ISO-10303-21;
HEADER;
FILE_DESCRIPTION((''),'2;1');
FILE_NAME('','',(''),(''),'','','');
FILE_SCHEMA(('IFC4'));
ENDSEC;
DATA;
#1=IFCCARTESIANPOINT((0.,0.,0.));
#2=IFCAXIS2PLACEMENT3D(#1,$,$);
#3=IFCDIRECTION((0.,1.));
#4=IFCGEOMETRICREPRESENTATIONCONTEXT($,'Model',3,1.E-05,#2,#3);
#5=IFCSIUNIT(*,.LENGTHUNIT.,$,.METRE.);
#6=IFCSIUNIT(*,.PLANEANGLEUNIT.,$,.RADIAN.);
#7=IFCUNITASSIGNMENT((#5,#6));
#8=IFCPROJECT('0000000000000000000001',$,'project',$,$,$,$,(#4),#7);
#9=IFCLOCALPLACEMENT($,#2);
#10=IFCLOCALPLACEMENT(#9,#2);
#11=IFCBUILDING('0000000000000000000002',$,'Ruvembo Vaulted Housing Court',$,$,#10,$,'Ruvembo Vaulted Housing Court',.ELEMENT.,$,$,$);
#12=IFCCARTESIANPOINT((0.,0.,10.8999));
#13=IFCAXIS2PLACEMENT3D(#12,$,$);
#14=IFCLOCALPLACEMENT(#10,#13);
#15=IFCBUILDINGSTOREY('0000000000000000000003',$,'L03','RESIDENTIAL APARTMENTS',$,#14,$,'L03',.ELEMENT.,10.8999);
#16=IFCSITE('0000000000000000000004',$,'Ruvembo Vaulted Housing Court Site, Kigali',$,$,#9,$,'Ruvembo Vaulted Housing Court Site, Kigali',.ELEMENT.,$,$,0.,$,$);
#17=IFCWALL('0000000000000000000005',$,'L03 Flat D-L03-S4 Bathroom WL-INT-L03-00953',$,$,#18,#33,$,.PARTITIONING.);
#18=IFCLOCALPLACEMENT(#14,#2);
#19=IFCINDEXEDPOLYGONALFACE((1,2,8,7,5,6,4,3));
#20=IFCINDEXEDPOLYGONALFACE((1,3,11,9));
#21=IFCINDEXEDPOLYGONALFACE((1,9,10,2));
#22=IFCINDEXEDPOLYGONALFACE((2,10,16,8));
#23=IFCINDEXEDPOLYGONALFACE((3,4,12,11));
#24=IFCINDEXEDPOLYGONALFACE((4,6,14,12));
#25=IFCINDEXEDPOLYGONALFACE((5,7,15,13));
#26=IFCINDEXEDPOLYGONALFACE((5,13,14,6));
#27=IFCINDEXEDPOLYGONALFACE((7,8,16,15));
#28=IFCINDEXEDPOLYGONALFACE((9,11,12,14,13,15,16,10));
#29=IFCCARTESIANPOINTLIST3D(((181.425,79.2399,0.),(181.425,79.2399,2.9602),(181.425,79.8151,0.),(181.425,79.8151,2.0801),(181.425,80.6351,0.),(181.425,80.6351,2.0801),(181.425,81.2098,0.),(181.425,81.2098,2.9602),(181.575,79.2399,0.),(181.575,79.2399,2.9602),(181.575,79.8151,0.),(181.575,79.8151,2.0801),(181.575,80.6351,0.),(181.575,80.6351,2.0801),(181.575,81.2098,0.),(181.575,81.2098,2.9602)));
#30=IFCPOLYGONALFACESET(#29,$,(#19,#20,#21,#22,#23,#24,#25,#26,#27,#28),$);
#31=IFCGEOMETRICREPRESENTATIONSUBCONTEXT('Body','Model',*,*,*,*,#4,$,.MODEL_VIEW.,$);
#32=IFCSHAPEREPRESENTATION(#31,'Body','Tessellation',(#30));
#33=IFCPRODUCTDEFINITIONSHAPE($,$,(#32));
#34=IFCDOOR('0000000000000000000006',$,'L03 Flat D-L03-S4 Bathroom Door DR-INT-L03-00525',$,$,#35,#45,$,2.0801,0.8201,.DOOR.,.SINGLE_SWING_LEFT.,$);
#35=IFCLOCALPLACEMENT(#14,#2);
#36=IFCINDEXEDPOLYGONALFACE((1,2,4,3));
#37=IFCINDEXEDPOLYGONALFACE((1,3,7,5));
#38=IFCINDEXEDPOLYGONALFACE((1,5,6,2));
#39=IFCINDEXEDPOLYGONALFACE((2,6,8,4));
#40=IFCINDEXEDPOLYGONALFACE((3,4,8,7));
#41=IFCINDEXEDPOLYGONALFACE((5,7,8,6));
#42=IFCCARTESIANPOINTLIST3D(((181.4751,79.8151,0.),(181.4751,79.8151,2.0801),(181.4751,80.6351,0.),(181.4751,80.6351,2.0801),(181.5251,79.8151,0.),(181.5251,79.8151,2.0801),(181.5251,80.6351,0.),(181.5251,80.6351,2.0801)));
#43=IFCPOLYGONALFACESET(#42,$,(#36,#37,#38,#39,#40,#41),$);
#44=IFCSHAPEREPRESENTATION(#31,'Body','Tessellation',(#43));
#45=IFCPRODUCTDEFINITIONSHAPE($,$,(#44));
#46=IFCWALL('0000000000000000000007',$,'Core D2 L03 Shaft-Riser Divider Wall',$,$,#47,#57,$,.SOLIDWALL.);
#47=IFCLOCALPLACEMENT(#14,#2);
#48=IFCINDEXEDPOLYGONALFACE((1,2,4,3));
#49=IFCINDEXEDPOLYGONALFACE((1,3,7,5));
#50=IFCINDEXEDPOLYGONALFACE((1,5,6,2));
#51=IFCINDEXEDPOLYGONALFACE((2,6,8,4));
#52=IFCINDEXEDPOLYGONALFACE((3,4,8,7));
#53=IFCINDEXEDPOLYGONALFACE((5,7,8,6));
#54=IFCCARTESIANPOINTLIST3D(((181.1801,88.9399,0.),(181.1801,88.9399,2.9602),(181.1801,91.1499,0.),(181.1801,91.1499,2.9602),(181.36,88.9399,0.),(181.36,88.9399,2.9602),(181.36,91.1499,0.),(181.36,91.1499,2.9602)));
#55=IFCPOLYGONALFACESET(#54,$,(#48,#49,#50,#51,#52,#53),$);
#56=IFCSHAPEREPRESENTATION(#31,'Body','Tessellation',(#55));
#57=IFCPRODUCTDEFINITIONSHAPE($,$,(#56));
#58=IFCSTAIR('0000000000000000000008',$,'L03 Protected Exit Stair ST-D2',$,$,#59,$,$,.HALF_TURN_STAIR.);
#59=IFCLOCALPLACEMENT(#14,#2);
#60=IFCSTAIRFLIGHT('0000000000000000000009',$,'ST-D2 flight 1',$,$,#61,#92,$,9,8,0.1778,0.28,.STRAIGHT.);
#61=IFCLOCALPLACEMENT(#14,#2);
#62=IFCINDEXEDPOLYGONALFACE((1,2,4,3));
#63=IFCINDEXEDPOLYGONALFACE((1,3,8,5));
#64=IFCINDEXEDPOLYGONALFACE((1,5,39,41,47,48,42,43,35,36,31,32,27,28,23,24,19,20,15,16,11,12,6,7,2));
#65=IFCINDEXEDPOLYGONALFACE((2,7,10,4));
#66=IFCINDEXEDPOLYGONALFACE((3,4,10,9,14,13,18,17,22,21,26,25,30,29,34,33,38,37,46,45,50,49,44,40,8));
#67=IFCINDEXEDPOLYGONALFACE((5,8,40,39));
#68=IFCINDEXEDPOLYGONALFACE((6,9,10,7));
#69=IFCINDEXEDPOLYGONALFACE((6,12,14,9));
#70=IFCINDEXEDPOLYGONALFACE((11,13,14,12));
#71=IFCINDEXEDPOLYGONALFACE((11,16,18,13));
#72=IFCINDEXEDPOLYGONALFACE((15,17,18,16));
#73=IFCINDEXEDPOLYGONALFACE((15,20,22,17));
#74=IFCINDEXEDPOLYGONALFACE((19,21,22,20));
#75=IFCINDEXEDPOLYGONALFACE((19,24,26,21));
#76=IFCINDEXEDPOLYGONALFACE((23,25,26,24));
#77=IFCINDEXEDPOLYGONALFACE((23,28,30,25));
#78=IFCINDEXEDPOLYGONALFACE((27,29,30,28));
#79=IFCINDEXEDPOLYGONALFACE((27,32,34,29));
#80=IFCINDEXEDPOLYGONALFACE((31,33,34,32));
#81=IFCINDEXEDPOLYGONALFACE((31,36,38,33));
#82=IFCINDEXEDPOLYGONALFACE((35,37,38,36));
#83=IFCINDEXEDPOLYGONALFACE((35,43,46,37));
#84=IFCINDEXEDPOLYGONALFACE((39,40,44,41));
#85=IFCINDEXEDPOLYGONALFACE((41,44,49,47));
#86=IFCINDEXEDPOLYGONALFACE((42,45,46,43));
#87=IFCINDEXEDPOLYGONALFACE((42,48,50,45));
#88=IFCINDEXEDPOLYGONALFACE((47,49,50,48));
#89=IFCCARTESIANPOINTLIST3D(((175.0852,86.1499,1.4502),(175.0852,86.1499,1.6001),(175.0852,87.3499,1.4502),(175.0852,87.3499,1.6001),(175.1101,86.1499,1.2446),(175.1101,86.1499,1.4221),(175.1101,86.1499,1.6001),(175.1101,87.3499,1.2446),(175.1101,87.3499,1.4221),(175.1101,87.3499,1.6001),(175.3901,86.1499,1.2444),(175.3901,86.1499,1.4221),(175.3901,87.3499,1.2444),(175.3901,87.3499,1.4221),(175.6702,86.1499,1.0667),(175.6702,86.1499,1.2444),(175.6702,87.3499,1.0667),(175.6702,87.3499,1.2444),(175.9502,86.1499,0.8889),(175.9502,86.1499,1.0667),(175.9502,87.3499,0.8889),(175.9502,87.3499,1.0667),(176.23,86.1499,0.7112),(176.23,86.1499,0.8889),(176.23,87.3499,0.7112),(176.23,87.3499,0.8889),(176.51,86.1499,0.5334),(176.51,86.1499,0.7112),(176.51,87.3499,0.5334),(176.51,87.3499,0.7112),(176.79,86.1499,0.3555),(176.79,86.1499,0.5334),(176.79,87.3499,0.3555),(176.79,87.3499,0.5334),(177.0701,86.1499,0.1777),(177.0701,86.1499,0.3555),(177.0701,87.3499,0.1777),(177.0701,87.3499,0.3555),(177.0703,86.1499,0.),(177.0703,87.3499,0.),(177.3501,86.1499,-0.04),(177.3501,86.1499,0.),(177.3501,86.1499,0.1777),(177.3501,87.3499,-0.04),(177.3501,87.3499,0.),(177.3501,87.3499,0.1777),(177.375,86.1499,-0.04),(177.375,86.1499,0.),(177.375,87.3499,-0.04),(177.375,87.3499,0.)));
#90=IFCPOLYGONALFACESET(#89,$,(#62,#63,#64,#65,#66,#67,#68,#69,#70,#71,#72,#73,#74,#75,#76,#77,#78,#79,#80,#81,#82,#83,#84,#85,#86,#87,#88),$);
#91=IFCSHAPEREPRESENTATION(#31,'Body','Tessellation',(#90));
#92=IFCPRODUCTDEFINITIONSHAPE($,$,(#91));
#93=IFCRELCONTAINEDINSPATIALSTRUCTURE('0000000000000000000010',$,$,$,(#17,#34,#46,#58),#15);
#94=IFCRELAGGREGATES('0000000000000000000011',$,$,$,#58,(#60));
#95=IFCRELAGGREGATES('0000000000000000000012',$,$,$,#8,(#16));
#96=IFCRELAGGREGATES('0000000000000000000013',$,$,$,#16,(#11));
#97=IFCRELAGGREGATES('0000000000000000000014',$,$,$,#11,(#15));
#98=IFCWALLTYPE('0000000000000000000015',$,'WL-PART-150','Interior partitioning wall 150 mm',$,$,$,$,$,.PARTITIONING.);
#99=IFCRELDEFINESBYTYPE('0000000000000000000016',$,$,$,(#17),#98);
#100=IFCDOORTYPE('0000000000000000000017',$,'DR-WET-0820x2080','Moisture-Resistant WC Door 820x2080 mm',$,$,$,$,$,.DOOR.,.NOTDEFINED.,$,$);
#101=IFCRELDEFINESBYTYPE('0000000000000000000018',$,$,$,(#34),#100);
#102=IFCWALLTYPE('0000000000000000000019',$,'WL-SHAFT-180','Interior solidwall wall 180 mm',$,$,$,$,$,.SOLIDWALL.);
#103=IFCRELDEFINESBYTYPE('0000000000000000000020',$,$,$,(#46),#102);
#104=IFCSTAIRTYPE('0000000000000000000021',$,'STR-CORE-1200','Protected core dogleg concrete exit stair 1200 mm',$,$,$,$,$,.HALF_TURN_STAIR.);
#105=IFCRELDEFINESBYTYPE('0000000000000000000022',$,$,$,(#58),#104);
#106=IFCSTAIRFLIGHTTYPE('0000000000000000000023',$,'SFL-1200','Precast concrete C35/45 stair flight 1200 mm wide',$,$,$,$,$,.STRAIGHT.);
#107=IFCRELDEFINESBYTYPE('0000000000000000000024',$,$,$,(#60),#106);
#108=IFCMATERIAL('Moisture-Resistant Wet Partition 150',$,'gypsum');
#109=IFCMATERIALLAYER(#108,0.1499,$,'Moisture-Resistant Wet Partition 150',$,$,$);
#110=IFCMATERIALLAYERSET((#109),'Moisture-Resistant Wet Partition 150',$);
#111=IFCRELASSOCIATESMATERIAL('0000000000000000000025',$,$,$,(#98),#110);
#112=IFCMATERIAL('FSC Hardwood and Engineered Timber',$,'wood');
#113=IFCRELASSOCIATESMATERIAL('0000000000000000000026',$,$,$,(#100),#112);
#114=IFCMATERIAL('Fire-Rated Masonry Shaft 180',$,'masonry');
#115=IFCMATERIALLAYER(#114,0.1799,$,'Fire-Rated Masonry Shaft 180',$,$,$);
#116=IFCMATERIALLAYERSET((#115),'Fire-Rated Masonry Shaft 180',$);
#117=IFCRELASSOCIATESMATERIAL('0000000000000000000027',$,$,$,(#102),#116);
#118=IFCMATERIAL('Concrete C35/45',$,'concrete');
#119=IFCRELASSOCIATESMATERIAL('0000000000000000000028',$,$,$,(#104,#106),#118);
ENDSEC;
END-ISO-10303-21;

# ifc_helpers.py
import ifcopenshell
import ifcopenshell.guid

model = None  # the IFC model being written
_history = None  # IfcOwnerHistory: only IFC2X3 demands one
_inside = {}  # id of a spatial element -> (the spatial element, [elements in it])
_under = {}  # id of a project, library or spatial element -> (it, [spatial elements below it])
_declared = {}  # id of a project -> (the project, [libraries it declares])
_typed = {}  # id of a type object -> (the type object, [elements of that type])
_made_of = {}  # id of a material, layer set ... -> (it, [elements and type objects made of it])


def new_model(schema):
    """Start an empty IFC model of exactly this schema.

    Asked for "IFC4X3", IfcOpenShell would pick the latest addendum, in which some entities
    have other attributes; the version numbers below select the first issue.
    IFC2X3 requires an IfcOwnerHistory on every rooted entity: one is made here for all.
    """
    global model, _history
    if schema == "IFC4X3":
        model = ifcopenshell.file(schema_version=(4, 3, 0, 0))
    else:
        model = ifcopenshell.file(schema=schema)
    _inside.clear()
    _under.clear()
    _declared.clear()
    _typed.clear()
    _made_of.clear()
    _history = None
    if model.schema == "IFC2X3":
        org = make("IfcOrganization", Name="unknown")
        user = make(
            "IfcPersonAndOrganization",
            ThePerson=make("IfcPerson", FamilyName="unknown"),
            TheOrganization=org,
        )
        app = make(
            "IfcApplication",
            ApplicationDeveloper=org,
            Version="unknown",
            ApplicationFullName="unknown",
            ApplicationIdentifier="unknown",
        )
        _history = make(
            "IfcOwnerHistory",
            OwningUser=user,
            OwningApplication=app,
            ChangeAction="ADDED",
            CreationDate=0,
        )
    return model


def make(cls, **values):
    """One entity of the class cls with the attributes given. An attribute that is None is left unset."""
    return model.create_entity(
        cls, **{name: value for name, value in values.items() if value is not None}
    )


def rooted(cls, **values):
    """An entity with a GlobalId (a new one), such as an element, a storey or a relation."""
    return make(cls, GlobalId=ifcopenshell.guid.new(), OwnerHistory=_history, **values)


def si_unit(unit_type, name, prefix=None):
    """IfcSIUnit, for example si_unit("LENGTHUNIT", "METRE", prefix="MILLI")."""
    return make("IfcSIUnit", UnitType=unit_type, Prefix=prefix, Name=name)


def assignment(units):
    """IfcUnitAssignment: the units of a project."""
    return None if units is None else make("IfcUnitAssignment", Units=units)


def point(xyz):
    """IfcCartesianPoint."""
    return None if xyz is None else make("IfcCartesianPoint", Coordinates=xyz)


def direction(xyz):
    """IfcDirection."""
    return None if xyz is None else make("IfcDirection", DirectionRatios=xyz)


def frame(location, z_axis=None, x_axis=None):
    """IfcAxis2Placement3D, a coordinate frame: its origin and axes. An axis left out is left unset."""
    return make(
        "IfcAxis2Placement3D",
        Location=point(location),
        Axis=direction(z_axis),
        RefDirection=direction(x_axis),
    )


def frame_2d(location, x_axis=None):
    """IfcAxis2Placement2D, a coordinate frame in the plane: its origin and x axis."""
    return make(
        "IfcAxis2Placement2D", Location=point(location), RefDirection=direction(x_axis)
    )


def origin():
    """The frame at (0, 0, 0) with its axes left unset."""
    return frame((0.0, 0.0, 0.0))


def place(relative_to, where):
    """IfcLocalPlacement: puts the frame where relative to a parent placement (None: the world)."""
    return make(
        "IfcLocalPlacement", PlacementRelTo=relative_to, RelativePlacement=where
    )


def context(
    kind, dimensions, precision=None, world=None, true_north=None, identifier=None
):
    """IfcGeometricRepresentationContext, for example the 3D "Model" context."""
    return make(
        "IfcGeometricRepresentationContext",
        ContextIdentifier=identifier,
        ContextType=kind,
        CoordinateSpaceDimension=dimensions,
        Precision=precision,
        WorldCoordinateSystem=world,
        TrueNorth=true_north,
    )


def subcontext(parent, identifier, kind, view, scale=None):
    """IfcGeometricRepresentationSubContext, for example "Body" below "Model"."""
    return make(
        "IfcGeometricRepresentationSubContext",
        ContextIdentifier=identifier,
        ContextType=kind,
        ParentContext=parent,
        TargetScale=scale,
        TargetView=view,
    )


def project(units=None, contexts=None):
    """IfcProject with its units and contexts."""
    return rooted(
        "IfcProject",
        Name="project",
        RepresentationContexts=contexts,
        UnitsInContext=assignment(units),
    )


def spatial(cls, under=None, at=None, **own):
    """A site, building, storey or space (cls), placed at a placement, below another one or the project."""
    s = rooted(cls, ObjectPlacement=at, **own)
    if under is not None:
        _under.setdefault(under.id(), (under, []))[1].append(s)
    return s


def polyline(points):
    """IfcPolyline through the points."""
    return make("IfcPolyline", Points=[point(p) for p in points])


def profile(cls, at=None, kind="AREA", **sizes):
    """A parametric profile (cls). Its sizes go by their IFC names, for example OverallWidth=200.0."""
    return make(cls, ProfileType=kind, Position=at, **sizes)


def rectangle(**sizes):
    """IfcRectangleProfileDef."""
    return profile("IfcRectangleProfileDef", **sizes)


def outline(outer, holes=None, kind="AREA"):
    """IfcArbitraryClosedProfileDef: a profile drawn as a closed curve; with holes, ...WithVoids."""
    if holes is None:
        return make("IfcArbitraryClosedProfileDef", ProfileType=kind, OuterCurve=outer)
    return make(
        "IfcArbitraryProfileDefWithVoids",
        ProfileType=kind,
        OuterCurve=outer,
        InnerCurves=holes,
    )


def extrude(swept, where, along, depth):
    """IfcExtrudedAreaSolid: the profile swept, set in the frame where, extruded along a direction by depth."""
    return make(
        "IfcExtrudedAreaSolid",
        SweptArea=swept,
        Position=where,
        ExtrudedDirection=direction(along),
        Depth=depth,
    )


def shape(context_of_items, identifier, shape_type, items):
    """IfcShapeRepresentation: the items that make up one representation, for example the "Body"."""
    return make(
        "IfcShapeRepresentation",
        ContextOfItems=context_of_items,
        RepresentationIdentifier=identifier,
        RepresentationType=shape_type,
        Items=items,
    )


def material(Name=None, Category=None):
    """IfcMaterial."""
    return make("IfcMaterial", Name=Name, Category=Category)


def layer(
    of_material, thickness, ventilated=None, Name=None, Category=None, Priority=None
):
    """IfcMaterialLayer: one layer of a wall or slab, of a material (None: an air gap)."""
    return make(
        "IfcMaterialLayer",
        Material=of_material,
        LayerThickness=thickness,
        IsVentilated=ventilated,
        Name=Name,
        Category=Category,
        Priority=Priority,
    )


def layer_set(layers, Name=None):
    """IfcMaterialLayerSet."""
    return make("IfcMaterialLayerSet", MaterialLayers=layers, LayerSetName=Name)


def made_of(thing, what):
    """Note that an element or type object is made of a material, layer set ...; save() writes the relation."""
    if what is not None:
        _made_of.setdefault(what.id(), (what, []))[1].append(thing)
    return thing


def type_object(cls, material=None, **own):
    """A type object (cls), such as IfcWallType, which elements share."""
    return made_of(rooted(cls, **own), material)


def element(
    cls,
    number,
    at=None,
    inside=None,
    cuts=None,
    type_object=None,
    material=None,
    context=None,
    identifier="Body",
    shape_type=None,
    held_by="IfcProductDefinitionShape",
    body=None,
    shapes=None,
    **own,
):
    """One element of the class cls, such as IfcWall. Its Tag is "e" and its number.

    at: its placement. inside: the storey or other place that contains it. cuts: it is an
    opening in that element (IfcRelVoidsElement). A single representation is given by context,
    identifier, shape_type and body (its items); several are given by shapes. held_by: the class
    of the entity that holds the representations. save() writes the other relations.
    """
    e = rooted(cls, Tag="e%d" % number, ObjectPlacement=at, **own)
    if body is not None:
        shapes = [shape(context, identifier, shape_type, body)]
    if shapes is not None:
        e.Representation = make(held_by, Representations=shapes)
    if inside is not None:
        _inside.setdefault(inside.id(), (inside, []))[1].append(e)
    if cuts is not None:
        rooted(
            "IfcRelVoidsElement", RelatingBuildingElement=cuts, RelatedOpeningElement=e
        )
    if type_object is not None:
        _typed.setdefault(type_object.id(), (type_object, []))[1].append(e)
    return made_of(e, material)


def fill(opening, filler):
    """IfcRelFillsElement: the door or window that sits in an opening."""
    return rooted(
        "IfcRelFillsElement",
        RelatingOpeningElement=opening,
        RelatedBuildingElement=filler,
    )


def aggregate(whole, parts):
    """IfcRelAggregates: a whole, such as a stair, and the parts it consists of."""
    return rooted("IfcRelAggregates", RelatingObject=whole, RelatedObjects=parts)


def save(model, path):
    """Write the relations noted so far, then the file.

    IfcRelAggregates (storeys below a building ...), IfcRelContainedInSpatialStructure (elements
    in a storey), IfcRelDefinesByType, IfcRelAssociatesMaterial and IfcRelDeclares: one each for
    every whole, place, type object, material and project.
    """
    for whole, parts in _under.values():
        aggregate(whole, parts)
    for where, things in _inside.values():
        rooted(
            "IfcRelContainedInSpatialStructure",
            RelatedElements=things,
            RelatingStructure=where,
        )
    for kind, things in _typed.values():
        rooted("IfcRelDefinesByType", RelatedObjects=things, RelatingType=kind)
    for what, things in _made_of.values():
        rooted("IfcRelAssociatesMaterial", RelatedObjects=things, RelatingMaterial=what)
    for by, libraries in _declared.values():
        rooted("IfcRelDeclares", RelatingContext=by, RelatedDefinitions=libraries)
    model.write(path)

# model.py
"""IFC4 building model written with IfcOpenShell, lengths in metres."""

from ifc_helpers import new_model, si_unit, direction, frame, frame_2d, origin, place, context, subcontext, project, spatial, polyline, rectangle, outline, extrude, material, layer, layer_set, type_object, element, fill, aggregate, save


model = new_model("IFC4")

# Units and contexts
model_context = context("Model", 3, precision=1e-05, world=origin(), true_north=direction((0.0, 1.0)))
body_context = subcontext(model_context, "Body", "Model", "MODEL_VIEW")
ifc_project = project(units=[si_unit("LENGTHUNIT", "METRE"), si_unit("PLANEANGLEUNIT", "RADIAN")], contexts=[model_context])

# Site, building, storey
site_placement = place(None, origin())
site = spatial("IfcSite", under=ifc_project, at=site_placement, Name="Ruvembo Vaulted Housing Court Site, Kigali", LongName="Ruvembo Vaulted Housing Court Site, Kigali", CompositionType="ELEMENT", RefElevation=0.0)
building_placement = place(site_placement, origin())
building = spatial("IfcBuilding", under=site, at=building_placement, Name="Ruvembo Vaulted Housing Court", LongName="Ruvembo Vaulted Housing Court", CompositionType="ELEMENT")
storey_placement = place(building_placement, frame((0.0, 0.0, 10.8999)))
storey = spatial("IfcBuildingStorey", under=building, at=storey_placement, Name="L03", Description="RESIDENTIAL APARTMENTS", LongName="L03", CompositionType="ELEMENT", Elevation=10.8999)

# Shared definitions
ifc_material_1 = material(Name="Concrete C35/45", Category="concrete")

# Shared definitions
ifc_material_2 = material(Name="FSC Hardwood and Engineered Timber", Category="wood")

# Wall, opening, door
ifc_material_3 = material(Name="Moisture-Resistant Wet Partition 150", Category="gypsum")
ifc_layer_1 = layer(ifc_material_3, 0.1499, Name="Moisture-Resistant Wet Partition 150")
ifc_layer_set_1 = layer_set([ifc_layer_1], Name="Moisture-Resistant Wet Partition 150")
wall_type_1 = type_object("IfcWallType", Name="WL-PART-150", Description="Interior partitioning wall 150 mm", PredefinedType="PARTITIONING", material=ifc_layer_set_1)
wall_1_placement = place(storey_placement, frame((181.5, 79.24, 0.0), z_axis=(0.0, 0.0, 1.0), x_axis=(0.0, 1.0, 0.0)))
wall_1 = element("IfcWall", 1, at=wall_1_placement, inside=storey, type_object=wall_type_1, Name="L03 Flat D-L03-S4 Bathroom WL-INT-L03-00953", PredefinedType="PARTITIONING", context=body_context, shape_type="SweptSolid", body=[
    extrude(rectangle(XDim=1.97, YDim=0.1499, at=frame_2d((0.9849, 0.0))), origin(), (0.0, 0.0, 1.0), 2.9602),
])
opening_1_placement = place(wall_1_placement, frame((0.575, 0.0, 0.0)))
opening_1 = element("IfcOpeningElement", 2, at=opening_1_placement, cuts=wall_1, PredefinedType="OPENING", context=body_context, shape_type="SweptSolid", body=[
    extrude(rectangle(XDim=0.8201, YDim=2.0801, at=frame_2d((0.4102, 1.04))), frame((0.0, 0.085, 0.0), z_axis=(0.0, -1.0, 0.0), x_axis=(1.0, 0.0, 0.0)), (0.0, 0.0, 1.0), 0.1699),
])
door_type_1 = type_object("IfcDoorType", Name="DR-WET-0820x2080", Description="Moisture-Resistant WC Door 820x2080 mm", OperationType="NOTDEFINED", PredefinedType="DOOR", material=ifc_material_2)
door_1_placement = place(opening_1_placement, origin())
door_1 = element("IfcDoor", 3, at=door_1_placement, inside=storey, type_object=door_type_1, Name="L03 Flat D-L03-S4 Bathroom Door DR-INT-L03-00525", OperationType="SINGLE_SWING_LEFT", OverallHeight=2.0801, OverallWidth=0.8201, PredefinedType="DOOR", context=body_context, shape_type="SweptSolid", body=[
    extrude(rectangle(XDim=0.8201, YDim=2.0801, at=frame_2d((0.4102, 1.04))), frame((0.0, 0.0249, 0.0), z_axis=(0.0, -1.0, 0.0), x_axis=(1.0, 0.0, 0.0)), (0.0, 0.0, 1.0), 0.05),
])
fill(opening_1, door_1)

# Shared definitions
ifc_material_4 = material(Name="Fire-Rated Masonry Shaft 180", Category="masonry")
ifc_layer_2 = layer(ifc_material_4, 0.1799, Name="Fire-Rated Masonry Shaft 180")
ifc_layer_set_2 = layer_set([ifc_layer_2], Name="Fire-Rated Masonry Shaft 180")
wall_type_2 = type_object("IfcWallType", Name="WL-SHAFT-180", Description="Interior solidwall wall 180 mm", PredefinedType="SOLIDWALL", material=ifc_layer_set_2)

# Wall
wall_2_placement = place(storey_placement, frame((181.27, 88.9399, 0.0), z_axis=(0.0, 0.0, 1.0), x_axis=(0.0, 1.0, 0.0)))
element("IfcWall", 4, at=wall_2_placement, inside=storey, type_object=wall_type_2, Name="Core D2 L03 Shaft-Riser Divider Wall", PredefinedType="SOLIDWALL", context=body_context, shape_type="SweptSolid", body=[
    extrude(rectangle(XDim=2.21, YDim=0.1799, at=frame_2d((1.105, 0.0))), origin(), (0.0, 0.0, 1.0), 2.9602),
])

# Stair, stair flight
stair_type = type_object("IfcStairType", Name="STR-CORE-1200", Description="Protected core dogleg concrete exit stair 1200 mm", PredefinedType="HALF_TURN_STAIR", material=ifc_material_1)
stair_placement = place(storey_placement, origin())
stair = element("IfcStair", 5, at=stair_placement, inside=storey, type_object=stair_type, Name="L03 Protected Exit Stair ST-D2", PredefinedType="HALF_TURN_STAIR")
stair_flight_type = type_object("IfcStairFlightType", Name="SFL-1200", Description="Precast concrete C35/45 stair flight 1200 mm wide", PredefinedType="STRAIGHT", material=ifc_material_1)
stair_flight_placement = place(storey_placement, frame((177.3501, 86.75, 0.0), z_axis=(0.0, 0.0, 1.0), x_axis=(-1.0, 0.0, 0.0)))
stair_flight = element("IfcStairFlight", 6, at=stair_flight_placement, type_object=stair_flight_type, Name="ST-D2 flight 1", NumberOfRisers=9, NumberOfTreads=8, PredefinedType="STRAIGHT", RiserHeight=0.1778, TreadLength=0.28, context=body_context, shape_type="SweptSolid", body=[
    extrude(outline(polyline([(-0.0249, -0.04), (-0.0249, 0.0), (0.0, 0.0), (0.0, 0.1777), (0.28, 0.1777), (0.28, 0.3555), (0.5601, 0.3555), (0.5601, 0.5334), (0.8401, 0.5334), (0.8401, 0.7112), (1.1201, 0.7112), (1.1201, 0.8889), (1.3999, 0.8889), (1.3999, 1.0667), (1.6799, 1.0667), (1.6799, 1.2444), (1.96, 1.2444), (1.96, 1.4221), (2.24, 1.4221), (2.24, 1.6001), (2.2649, 1.6001), (2.2649, 1.4502), (2.24, 1.2446), (0.2798, 0.0), (0.0, -0.04), (-0.0249, -0.04)])), frame((0.0, 0.6001, 0.0), z_axis=(0.0, -1.0, 0.0), x_axis=(1.0, 0.0, 0.0)), (0.0, 0.0, 1.0), 1.2),
])
aggregate(stair, [stair_flight])

save(model, "model.ifc")
